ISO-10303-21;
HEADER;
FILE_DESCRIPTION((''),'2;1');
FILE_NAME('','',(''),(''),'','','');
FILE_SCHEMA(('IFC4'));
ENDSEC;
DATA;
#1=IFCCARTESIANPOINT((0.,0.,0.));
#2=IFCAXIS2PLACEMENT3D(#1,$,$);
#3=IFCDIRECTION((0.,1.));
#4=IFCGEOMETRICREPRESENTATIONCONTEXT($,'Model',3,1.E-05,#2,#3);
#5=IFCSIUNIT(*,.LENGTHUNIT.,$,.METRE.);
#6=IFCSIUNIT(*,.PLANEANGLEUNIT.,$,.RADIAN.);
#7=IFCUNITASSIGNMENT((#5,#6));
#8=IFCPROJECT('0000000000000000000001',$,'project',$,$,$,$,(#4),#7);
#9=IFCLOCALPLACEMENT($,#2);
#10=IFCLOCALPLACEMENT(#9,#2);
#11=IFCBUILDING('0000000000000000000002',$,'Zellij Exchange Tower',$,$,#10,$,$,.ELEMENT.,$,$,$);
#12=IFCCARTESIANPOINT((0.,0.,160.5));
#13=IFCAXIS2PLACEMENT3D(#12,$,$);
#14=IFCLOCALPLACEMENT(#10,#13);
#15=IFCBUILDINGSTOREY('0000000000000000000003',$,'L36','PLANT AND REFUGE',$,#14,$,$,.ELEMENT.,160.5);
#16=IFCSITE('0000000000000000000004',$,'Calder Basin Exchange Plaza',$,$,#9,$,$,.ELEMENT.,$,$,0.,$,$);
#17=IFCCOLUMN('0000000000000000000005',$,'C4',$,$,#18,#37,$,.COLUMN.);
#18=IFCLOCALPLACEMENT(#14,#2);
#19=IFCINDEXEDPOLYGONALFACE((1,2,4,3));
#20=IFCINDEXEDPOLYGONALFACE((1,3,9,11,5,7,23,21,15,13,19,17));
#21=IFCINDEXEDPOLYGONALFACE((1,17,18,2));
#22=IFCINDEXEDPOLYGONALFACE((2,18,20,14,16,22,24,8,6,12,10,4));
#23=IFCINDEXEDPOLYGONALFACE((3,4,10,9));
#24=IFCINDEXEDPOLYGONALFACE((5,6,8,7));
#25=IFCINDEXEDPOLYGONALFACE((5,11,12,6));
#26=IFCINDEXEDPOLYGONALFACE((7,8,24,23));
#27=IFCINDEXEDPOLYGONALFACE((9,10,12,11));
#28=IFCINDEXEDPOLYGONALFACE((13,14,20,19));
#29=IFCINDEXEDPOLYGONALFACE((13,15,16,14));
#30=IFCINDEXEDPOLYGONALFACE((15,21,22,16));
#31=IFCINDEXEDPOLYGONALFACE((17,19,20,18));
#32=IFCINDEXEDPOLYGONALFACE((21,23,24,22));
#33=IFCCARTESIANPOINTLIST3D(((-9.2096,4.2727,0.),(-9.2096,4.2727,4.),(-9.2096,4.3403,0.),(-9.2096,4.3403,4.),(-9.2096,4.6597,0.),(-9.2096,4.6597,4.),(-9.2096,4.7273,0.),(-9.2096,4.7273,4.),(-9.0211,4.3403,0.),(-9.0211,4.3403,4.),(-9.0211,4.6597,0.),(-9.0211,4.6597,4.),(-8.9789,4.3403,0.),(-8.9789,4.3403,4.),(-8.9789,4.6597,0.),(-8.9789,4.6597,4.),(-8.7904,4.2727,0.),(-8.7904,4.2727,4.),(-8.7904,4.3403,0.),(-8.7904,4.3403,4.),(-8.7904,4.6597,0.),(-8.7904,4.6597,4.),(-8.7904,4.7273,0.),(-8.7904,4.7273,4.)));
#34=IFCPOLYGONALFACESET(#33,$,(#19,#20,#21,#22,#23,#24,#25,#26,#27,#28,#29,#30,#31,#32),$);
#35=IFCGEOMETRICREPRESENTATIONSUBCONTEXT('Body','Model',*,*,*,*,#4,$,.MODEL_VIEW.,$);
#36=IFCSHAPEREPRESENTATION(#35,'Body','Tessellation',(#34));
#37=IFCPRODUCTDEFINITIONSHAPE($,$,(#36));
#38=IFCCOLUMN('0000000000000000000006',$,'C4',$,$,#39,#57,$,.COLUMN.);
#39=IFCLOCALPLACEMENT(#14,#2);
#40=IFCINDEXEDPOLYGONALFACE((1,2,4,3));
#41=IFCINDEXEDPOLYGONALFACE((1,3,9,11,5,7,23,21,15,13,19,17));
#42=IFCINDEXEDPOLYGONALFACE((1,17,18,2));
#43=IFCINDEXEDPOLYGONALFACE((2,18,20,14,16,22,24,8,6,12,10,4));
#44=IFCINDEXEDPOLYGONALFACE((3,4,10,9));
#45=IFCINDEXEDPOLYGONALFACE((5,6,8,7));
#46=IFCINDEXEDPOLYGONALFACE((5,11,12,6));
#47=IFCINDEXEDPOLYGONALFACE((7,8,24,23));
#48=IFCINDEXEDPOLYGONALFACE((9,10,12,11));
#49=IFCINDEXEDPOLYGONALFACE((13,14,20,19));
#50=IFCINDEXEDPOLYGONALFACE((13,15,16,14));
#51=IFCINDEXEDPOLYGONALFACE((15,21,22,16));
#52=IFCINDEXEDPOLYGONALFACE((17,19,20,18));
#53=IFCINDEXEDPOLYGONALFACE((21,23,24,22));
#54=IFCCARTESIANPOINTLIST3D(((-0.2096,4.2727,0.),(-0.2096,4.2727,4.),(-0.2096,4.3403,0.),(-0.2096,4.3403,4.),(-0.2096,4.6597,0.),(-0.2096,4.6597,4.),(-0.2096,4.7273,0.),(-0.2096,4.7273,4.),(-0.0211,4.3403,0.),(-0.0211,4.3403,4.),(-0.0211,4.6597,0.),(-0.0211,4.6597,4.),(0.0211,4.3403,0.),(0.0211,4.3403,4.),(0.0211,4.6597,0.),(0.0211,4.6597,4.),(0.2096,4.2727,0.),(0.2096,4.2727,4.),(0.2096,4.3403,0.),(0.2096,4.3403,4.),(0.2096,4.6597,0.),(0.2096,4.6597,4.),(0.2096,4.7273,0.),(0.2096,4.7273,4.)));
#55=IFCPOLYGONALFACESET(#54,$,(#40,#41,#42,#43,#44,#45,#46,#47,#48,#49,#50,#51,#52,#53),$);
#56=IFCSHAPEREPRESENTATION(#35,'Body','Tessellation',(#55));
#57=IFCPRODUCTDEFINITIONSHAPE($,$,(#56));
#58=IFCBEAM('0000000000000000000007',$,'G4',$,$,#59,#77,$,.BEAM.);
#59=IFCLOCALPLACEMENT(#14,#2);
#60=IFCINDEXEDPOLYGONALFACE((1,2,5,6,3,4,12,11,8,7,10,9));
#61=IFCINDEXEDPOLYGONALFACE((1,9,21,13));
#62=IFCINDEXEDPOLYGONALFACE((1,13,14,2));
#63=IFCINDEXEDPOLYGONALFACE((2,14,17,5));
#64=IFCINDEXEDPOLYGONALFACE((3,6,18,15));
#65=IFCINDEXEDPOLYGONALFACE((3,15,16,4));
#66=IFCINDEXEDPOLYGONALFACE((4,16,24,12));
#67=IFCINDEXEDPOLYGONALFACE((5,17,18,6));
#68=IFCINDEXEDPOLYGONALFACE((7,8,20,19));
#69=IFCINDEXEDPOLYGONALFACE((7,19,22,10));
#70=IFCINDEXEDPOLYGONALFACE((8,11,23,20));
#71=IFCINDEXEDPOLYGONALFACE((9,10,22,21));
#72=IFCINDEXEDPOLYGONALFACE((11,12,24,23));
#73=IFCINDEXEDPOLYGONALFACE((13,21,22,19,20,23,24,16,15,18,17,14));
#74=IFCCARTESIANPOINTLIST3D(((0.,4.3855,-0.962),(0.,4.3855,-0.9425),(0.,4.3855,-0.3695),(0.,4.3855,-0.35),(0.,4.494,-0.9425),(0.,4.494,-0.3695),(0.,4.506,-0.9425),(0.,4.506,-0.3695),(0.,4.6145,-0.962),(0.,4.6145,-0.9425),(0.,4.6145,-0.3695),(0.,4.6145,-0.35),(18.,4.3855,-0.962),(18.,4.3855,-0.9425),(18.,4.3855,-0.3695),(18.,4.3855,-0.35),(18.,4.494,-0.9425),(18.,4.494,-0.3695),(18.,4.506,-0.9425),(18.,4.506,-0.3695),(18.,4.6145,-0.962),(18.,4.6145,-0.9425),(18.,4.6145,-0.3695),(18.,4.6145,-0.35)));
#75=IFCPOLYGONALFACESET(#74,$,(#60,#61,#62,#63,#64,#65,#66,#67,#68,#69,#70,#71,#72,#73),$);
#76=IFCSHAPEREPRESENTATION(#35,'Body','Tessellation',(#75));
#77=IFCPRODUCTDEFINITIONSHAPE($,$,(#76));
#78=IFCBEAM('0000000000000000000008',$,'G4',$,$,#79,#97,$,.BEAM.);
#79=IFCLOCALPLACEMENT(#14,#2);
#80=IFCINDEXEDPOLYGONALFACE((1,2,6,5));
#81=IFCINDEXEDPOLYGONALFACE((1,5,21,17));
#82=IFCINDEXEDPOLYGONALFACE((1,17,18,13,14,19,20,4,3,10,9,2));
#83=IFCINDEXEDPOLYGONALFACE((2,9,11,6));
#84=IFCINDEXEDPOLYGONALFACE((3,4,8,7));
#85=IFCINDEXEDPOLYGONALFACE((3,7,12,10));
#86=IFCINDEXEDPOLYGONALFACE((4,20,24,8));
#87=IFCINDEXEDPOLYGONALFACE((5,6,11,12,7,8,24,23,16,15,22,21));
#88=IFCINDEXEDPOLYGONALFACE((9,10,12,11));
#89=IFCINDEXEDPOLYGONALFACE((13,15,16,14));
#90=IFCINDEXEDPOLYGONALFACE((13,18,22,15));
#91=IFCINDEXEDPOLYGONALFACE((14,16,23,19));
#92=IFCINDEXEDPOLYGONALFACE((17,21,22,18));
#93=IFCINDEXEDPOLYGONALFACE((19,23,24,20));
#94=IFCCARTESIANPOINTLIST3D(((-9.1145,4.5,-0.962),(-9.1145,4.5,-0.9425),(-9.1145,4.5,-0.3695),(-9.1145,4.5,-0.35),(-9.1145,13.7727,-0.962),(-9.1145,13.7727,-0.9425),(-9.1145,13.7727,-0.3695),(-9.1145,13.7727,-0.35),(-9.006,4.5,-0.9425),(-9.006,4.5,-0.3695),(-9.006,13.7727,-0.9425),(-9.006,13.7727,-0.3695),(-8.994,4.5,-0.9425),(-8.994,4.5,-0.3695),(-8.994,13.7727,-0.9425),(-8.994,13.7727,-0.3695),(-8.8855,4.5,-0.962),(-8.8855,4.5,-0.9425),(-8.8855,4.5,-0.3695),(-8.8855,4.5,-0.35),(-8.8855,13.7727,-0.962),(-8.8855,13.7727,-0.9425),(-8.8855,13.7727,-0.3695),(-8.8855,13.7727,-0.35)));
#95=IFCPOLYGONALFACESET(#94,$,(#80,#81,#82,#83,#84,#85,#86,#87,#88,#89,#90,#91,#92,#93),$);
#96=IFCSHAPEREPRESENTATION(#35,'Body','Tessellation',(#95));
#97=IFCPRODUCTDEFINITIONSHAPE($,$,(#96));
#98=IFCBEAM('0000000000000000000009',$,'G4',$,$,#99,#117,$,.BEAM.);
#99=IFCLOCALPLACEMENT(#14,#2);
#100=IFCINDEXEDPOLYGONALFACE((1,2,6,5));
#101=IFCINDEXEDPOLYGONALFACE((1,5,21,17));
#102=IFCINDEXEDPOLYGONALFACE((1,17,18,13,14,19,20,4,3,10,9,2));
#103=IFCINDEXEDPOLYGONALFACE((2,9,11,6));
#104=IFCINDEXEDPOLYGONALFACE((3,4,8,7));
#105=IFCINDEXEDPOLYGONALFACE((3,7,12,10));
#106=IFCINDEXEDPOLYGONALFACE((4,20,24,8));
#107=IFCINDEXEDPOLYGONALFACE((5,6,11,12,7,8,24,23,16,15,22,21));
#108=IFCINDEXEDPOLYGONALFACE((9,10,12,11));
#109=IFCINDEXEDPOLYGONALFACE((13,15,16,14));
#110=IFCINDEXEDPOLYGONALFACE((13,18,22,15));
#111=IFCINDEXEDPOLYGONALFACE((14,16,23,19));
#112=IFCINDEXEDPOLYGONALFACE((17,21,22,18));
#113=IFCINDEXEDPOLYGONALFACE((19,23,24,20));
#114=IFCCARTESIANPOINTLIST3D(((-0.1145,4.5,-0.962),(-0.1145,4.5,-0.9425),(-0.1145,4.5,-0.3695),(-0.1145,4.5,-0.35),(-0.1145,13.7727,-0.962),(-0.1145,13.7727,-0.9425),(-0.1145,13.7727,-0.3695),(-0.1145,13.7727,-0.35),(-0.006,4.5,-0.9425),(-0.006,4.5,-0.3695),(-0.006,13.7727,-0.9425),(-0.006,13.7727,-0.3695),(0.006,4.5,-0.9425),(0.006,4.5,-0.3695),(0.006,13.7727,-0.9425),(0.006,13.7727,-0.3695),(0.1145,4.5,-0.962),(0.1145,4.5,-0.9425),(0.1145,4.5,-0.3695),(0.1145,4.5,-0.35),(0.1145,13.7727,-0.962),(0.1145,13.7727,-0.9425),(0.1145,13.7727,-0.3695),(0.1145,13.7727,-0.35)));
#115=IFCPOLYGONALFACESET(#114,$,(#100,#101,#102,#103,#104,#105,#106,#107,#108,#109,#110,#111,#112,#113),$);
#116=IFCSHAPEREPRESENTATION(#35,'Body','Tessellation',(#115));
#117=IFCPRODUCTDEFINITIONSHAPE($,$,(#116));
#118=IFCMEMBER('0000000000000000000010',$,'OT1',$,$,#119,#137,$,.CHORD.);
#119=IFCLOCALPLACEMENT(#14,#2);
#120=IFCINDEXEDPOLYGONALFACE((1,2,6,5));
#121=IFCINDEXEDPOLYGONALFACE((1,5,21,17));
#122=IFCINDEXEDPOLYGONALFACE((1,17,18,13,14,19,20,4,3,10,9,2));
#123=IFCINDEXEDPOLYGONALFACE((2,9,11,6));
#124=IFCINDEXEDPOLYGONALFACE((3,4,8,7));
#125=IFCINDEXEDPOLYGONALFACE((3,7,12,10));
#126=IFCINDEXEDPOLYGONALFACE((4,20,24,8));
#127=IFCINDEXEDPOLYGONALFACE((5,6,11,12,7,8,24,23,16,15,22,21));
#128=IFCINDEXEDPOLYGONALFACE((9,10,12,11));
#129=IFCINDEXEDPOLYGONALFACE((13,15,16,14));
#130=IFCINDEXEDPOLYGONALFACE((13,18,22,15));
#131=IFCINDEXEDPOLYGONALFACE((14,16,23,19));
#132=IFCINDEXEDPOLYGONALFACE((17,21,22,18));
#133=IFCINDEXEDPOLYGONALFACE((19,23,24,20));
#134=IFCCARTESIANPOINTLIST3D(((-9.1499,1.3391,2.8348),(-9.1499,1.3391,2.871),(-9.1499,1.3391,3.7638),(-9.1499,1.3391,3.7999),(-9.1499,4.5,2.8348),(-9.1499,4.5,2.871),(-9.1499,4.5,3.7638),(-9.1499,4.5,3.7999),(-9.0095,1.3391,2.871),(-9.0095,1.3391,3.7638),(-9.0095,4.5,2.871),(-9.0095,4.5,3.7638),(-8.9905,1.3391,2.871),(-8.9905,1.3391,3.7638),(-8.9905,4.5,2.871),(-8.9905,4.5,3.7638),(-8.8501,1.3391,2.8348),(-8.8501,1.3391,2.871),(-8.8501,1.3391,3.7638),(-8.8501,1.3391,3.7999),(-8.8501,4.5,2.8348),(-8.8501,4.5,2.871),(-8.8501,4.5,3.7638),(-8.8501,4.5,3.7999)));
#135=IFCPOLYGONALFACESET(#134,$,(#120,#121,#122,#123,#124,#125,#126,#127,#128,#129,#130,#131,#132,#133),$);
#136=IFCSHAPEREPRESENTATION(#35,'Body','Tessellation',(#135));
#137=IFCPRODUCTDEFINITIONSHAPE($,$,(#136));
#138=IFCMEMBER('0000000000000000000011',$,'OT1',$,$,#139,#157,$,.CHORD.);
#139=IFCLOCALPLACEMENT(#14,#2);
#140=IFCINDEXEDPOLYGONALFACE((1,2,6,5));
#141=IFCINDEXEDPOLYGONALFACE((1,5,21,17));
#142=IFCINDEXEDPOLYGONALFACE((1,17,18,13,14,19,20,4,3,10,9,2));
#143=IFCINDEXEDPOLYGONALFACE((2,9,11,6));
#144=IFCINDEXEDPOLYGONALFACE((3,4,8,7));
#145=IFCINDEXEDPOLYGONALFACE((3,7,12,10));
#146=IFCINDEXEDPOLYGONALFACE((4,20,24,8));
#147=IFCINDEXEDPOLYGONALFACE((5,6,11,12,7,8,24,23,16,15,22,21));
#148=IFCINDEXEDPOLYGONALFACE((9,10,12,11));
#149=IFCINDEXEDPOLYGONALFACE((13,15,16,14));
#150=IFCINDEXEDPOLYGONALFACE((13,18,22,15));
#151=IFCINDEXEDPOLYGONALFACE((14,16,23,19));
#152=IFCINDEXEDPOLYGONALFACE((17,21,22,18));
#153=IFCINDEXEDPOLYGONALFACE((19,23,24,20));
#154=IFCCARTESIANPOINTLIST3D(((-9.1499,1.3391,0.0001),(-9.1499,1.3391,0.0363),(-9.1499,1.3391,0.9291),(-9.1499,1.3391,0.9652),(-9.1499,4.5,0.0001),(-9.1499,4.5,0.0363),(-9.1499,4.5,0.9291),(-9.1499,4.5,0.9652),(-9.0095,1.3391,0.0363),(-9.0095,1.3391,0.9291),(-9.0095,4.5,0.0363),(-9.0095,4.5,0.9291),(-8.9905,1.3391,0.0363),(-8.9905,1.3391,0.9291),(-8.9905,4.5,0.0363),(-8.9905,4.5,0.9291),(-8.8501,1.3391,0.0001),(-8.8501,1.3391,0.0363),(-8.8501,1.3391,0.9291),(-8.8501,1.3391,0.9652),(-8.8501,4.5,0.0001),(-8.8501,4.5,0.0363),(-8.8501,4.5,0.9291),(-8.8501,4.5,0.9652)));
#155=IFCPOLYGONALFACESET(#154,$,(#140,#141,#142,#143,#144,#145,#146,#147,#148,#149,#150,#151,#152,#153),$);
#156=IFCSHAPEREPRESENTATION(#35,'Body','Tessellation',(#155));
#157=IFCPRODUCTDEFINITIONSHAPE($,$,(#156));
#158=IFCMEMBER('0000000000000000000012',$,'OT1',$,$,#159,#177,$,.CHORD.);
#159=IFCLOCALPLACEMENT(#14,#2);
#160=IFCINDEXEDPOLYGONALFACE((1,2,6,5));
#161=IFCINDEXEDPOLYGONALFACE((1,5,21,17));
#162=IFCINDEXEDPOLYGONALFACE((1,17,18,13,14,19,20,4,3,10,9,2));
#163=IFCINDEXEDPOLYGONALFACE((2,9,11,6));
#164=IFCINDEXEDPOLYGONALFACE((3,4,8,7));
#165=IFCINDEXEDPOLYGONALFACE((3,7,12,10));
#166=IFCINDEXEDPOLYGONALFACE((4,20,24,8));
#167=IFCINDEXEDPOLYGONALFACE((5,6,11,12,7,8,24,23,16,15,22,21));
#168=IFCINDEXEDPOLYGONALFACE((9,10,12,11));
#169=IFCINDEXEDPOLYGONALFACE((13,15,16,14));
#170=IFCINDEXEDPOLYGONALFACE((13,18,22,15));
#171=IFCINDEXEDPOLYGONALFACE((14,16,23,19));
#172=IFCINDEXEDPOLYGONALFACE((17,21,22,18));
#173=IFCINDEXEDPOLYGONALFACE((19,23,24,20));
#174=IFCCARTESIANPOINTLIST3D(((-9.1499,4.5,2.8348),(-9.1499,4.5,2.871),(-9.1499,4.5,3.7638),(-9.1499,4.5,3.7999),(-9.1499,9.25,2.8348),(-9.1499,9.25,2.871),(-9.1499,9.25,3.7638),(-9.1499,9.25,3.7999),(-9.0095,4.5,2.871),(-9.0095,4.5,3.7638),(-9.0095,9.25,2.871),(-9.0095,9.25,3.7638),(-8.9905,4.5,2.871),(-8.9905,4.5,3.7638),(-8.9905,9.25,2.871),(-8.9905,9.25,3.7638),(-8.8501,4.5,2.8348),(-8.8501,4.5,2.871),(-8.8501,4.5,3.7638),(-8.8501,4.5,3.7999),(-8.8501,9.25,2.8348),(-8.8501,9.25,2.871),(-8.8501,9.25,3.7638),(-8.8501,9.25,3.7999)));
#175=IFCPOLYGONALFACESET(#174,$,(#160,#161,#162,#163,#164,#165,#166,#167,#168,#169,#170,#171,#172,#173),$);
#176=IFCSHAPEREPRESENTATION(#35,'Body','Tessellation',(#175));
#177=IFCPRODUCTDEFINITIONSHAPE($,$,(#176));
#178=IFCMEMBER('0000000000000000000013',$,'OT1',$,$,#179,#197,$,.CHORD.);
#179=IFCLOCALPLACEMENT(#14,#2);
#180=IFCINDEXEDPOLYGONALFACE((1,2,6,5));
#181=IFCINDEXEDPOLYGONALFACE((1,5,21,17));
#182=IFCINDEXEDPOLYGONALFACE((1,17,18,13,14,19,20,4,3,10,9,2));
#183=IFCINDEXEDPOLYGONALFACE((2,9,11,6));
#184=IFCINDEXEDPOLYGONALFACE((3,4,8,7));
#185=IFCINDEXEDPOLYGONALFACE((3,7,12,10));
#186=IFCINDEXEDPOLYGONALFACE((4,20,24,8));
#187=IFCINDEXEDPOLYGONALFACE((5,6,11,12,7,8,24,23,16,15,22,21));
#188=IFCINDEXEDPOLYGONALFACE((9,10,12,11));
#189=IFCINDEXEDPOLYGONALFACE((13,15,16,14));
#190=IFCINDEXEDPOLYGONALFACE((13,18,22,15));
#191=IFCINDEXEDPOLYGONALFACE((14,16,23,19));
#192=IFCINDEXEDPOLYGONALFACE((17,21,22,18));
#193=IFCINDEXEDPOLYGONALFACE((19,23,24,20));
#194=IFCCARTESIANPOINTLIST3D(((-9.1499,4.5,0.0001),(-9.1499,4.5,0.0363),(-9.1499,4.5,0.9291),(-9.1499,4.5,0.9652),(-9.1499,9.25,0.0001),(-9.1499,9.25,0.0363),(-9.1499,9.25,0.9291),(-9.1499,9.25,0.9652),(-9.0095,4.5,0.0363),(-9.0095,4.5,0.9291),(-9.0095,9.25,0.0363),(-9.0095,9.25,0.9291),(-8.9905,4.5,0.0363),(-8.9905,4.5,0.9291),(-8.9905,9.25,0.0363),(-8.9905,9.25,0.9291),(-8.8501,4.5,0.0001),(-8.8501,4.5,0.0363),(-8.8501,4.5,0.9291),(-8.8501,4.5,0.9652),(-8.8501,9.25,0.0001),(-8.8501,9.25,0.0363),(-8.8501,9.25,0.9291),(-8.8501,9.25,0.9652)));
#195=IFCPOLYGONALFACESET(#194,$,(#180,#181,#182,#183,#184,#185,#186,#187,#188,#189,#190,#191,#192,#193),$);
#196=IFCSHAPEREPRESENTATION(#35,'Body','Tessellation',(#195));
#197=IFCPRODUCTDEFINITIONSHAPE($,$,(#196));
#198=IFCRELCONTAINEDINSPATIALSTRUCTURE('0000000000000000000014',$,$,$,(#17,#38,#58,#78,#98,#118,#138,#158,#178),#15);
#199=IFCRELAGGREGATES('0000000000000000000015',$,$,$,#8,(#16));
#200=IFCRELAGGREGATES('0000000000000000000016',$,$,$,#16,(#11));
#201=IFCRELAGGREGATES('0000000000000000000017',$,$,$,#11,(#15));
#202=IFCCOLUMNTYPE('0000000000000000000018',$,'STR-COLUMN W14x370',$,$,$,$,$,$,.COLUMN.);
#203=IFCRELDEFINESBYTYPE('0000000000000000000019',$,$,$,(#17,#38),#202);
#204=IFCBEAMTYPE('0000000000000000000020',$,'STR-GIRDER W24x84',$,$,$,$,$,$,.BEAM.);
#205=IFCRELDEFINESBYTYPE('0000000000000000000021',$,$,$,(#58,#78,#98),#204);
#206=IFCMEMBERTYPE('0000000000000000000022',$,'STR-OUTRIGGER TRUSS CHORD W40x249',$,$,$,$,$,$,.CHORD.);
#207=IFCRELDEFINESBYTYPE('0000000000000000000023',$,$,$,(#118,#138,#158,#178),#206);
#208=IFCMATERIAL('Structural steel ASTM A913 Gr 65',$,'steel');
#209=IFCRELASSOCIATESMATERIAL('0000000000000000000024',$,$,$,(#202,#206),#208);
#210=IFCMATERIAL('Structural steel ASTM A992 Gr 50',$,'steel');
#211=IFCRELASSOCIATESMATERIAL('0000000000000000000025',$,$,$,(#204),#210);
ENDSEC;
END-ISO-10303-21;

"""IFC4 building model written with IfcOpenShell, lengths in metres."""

from ifc_helpers import new_model, si_unit, direction, frame, origin, origin_2d, place, context, subcontext, project, spatial, i_section, extrude, material, material_profile, profile_set, type_object, element, save


model = new_model("IFC4")

# Units and contexts
model_context = context("Model", 3, precision=1e-05, world=origin(), true_north=direction((0.0, 1.0)))
body_context = subcontext(model_context, "Body", "Model", "MODEL_VIEW")
ifc_project = project(units=[si_unit("LENGTHUNIT", "METRE"), si_unit("PLANEANGLEUNIT", "RADIAN")], contexts=[model_context])

# Site, building, storey
site_placement = place(None, origin())
site = spatial("IfcSite", under=ifc_project, at=site_placement, Name="Calder Basin Exchange Plaza", CompositionType="ELEMENT", RefElevation=0.0)
building_placement = place(site_placement, origin())
building = spatial("IfcBuilding", under=site, at=building_placement, Name="Zellij Exchange Tower", CompositionType="ELEMENT")
storey_placement = place(building_placement, frame((0.0, 0.0, 160.5)))
storey = spatial("IfcBuildingStorey", under=building, at=storey_placement, Name="L36", Description="PLANT AND REFUGE", CompositionType="ELEMENT", Elevation=160.5)

# Columns
ifc_material_1 = material(Name="Structural steel ASTM A913 Gr 65", Category="steel")
ifc_material_profile_1 = material_profile(ifc_material_1, i_section(OverallWidth=0.4192, OverallDepth=0.4546, WebThickness=0.0422, FlangeThickness=0.0676, at=origin_2d()), Name="W14x370")
ifc_profile_set_1 = profile_set([ifc_material_profile_1], Name="Structural steel ASTM A913 Gr 65")
column_type = type_object("IfcColumnType", Name="STR-COLUMN W14x370", PredefinedType="COLUMN", material=ifc_profile_set_1)
for number, where, z_axis, x_axis, name in (
    (1, (-9.0, 4.5, 0.0), (0.0, 0.0, 1.0), (1.0, 0.0, 0.0), "C4"),
    (2, (0.0, 4.5, 0.0), (0.0, 0.0, 1.0), (1.0, 0.0, 0.0), "C4"),
):
    element("IfcColumn", number, at=place(storey_placement, frame(where, z_axis=z_axis, x_axis=x_axis)), inside=storey, type_object=column_type, Name=name, PredefinedType="COLUMN", context=body_context, shape_type="SweptSolid", body=[
        extrude(i_section(OverallWidth=0.4192, OverallDepth=0.4546, WebThickness=0.0422, FlangeThickness=0.0676, at=origin_2d()), origin(), (0.0, 0.0, 1.0), 4.0),
    ])

# Beams
ifc_material_2 = material(Name="Structural steel ASTM A992 Gr 50", Category="steel")
ifc_material_profile_2 = material_profile(ifc_material_2, i_section(OverallWidth=0.229, OverallDepth=0.6121, WebThickness=0.012, FlangeThickness=0.0195, at=origin_2d()), Name="W24x84")
ifc_profile_set_2 = profile_set([ifc_material_profile_2], Name="Structural steel ASTM A992 Gr 50")
beam_type = type_object("IfcBeamType", Name="STR-GIRDER W24x84", PredefinedType="BEAM", material=ifc_profile_set_2)
beam_placement = place(storey_placement, frame((0.0, 4.5, -0.656), z_axis=(1.0, 0.0, 0.0), x_axis=(0.0, 1.0, 0.0)))
element("IfcBeam", 3, at=beam_placement, inside=storey, type_object=beam_type, Name="G4", PredefinedType="BEAM", context=body_context, shape_type="SweptSolid", body=[
    extrude(i_section(OverallWidth=0.229, OverallDepth=0.6121, WebThickness=0.012, FlangeThickness=0.0195, at=origin_2d()), origin(), (0.0, 0.0, 1.0), 18.0),
])
for number, where, z_axis, x_axis, name in (
    (4, (-9.0, 4.5, -0.656), (0.0, 1.0, 0.0), (-1.0, 0.0, 0.0), "G4"),
    (5, (0.0, 4.5, -0.656), (0.0, 1.0, 0.0), (-1.0, 0.0, 0.0), "G4"),
):
    element("IfcBeam", number, at=place(storey_placement, frame(where, z_axis=z_axis, x_axis=x_axis)), inside=storey, type_object=beam_type, Name=name, PredefinedType="BEAM", context=body_context, shape_type="SweptSolid", body=[
        extrude(i_section(OverallWidth=0.229, OverallDepth=0.6121, WebThickness=0.012, FlangeThickness=0.0195, at=origin_2d()), origin(), (0.0, 0.0, 1.0), 9.2727),
    ])

# Members
ifc_material_profile_3 = material_profile(ifc_material_1, i_section(OverallWidth=0.2998, OverallDepth=0.9651, WebThickness=0.019, FlangeThickness=0.0361, at=origin_2d()), Name="W40x249")
ifc_profile_set_3 = profile_set([ifc_material_profile_3], Name="Structural steel ASTM A913 Gr 65")
member_type_1 = type_object("IfcMemberType", Name="STR-OUTRIGGER TRUSS CHORD W40x249", PredefinedType="CHORD", material=ifc_profile_set_3)
for number, where, z_axis, x_axis, name in (
    (6, (-9.0, 1.3391, 3.3174), (0.0, 1.0, 0.0), (-1.0, 0.0, 0.0), "OT1"),
    (7, (-9.0, 1.3391, 0.4827), (0.0, 1.0, 0.0), (-1.0, 0.0, 0.0), "OT1"),
):
    element("IfcMember", number, at=place(storey_placement, frame(where, z_axis=z_axis, x_axis=x_axis)), inside=storey, type_object=member_type_1, Name=name, PredefinedType="CHORD", context=body_context, shape_type="SweptSolid", body=[
        extrude(i_section(OverallWidth=0.2998, OverallDepth=0.9651, WebThickness=0.019, FlangeThickness=0.0361, at=origin_2d()), origin(), (0.0, 0.0, 1.0), 3.1609),
    ])
for number, where, z_axis, x_axis, name in (
    (8, (-9.0, 4.5, 3.3174), (0.0, 1.0, 0.0), (-1.0, 0.0, 0.0), "OT1"),
    (9, (-9.0, 4.5, 0.4827), (0.0, 1.0, 0.0), (-1.0, 0.0, 0.0), "OT1"),
):
    element("IfcMember", number, at=place(storey_placement, frame(where, z_axis=z_axis, x_axis=x_axis)), inside=storey, type_object=member_type_1, Name=name, PredefinedType="CHORD", context=body_context, shape_type="SweptSolid", body=[
        extrude(i_section(OverallWidth=0.2998, OverallDepth=0.9651, WebThickness=0.019, FlangeThickness=0.0361, at=origin_2d()), origin(), (0.0, 0.0, 1.0), 4.75),
    ])

save(model, "model.ifc")
